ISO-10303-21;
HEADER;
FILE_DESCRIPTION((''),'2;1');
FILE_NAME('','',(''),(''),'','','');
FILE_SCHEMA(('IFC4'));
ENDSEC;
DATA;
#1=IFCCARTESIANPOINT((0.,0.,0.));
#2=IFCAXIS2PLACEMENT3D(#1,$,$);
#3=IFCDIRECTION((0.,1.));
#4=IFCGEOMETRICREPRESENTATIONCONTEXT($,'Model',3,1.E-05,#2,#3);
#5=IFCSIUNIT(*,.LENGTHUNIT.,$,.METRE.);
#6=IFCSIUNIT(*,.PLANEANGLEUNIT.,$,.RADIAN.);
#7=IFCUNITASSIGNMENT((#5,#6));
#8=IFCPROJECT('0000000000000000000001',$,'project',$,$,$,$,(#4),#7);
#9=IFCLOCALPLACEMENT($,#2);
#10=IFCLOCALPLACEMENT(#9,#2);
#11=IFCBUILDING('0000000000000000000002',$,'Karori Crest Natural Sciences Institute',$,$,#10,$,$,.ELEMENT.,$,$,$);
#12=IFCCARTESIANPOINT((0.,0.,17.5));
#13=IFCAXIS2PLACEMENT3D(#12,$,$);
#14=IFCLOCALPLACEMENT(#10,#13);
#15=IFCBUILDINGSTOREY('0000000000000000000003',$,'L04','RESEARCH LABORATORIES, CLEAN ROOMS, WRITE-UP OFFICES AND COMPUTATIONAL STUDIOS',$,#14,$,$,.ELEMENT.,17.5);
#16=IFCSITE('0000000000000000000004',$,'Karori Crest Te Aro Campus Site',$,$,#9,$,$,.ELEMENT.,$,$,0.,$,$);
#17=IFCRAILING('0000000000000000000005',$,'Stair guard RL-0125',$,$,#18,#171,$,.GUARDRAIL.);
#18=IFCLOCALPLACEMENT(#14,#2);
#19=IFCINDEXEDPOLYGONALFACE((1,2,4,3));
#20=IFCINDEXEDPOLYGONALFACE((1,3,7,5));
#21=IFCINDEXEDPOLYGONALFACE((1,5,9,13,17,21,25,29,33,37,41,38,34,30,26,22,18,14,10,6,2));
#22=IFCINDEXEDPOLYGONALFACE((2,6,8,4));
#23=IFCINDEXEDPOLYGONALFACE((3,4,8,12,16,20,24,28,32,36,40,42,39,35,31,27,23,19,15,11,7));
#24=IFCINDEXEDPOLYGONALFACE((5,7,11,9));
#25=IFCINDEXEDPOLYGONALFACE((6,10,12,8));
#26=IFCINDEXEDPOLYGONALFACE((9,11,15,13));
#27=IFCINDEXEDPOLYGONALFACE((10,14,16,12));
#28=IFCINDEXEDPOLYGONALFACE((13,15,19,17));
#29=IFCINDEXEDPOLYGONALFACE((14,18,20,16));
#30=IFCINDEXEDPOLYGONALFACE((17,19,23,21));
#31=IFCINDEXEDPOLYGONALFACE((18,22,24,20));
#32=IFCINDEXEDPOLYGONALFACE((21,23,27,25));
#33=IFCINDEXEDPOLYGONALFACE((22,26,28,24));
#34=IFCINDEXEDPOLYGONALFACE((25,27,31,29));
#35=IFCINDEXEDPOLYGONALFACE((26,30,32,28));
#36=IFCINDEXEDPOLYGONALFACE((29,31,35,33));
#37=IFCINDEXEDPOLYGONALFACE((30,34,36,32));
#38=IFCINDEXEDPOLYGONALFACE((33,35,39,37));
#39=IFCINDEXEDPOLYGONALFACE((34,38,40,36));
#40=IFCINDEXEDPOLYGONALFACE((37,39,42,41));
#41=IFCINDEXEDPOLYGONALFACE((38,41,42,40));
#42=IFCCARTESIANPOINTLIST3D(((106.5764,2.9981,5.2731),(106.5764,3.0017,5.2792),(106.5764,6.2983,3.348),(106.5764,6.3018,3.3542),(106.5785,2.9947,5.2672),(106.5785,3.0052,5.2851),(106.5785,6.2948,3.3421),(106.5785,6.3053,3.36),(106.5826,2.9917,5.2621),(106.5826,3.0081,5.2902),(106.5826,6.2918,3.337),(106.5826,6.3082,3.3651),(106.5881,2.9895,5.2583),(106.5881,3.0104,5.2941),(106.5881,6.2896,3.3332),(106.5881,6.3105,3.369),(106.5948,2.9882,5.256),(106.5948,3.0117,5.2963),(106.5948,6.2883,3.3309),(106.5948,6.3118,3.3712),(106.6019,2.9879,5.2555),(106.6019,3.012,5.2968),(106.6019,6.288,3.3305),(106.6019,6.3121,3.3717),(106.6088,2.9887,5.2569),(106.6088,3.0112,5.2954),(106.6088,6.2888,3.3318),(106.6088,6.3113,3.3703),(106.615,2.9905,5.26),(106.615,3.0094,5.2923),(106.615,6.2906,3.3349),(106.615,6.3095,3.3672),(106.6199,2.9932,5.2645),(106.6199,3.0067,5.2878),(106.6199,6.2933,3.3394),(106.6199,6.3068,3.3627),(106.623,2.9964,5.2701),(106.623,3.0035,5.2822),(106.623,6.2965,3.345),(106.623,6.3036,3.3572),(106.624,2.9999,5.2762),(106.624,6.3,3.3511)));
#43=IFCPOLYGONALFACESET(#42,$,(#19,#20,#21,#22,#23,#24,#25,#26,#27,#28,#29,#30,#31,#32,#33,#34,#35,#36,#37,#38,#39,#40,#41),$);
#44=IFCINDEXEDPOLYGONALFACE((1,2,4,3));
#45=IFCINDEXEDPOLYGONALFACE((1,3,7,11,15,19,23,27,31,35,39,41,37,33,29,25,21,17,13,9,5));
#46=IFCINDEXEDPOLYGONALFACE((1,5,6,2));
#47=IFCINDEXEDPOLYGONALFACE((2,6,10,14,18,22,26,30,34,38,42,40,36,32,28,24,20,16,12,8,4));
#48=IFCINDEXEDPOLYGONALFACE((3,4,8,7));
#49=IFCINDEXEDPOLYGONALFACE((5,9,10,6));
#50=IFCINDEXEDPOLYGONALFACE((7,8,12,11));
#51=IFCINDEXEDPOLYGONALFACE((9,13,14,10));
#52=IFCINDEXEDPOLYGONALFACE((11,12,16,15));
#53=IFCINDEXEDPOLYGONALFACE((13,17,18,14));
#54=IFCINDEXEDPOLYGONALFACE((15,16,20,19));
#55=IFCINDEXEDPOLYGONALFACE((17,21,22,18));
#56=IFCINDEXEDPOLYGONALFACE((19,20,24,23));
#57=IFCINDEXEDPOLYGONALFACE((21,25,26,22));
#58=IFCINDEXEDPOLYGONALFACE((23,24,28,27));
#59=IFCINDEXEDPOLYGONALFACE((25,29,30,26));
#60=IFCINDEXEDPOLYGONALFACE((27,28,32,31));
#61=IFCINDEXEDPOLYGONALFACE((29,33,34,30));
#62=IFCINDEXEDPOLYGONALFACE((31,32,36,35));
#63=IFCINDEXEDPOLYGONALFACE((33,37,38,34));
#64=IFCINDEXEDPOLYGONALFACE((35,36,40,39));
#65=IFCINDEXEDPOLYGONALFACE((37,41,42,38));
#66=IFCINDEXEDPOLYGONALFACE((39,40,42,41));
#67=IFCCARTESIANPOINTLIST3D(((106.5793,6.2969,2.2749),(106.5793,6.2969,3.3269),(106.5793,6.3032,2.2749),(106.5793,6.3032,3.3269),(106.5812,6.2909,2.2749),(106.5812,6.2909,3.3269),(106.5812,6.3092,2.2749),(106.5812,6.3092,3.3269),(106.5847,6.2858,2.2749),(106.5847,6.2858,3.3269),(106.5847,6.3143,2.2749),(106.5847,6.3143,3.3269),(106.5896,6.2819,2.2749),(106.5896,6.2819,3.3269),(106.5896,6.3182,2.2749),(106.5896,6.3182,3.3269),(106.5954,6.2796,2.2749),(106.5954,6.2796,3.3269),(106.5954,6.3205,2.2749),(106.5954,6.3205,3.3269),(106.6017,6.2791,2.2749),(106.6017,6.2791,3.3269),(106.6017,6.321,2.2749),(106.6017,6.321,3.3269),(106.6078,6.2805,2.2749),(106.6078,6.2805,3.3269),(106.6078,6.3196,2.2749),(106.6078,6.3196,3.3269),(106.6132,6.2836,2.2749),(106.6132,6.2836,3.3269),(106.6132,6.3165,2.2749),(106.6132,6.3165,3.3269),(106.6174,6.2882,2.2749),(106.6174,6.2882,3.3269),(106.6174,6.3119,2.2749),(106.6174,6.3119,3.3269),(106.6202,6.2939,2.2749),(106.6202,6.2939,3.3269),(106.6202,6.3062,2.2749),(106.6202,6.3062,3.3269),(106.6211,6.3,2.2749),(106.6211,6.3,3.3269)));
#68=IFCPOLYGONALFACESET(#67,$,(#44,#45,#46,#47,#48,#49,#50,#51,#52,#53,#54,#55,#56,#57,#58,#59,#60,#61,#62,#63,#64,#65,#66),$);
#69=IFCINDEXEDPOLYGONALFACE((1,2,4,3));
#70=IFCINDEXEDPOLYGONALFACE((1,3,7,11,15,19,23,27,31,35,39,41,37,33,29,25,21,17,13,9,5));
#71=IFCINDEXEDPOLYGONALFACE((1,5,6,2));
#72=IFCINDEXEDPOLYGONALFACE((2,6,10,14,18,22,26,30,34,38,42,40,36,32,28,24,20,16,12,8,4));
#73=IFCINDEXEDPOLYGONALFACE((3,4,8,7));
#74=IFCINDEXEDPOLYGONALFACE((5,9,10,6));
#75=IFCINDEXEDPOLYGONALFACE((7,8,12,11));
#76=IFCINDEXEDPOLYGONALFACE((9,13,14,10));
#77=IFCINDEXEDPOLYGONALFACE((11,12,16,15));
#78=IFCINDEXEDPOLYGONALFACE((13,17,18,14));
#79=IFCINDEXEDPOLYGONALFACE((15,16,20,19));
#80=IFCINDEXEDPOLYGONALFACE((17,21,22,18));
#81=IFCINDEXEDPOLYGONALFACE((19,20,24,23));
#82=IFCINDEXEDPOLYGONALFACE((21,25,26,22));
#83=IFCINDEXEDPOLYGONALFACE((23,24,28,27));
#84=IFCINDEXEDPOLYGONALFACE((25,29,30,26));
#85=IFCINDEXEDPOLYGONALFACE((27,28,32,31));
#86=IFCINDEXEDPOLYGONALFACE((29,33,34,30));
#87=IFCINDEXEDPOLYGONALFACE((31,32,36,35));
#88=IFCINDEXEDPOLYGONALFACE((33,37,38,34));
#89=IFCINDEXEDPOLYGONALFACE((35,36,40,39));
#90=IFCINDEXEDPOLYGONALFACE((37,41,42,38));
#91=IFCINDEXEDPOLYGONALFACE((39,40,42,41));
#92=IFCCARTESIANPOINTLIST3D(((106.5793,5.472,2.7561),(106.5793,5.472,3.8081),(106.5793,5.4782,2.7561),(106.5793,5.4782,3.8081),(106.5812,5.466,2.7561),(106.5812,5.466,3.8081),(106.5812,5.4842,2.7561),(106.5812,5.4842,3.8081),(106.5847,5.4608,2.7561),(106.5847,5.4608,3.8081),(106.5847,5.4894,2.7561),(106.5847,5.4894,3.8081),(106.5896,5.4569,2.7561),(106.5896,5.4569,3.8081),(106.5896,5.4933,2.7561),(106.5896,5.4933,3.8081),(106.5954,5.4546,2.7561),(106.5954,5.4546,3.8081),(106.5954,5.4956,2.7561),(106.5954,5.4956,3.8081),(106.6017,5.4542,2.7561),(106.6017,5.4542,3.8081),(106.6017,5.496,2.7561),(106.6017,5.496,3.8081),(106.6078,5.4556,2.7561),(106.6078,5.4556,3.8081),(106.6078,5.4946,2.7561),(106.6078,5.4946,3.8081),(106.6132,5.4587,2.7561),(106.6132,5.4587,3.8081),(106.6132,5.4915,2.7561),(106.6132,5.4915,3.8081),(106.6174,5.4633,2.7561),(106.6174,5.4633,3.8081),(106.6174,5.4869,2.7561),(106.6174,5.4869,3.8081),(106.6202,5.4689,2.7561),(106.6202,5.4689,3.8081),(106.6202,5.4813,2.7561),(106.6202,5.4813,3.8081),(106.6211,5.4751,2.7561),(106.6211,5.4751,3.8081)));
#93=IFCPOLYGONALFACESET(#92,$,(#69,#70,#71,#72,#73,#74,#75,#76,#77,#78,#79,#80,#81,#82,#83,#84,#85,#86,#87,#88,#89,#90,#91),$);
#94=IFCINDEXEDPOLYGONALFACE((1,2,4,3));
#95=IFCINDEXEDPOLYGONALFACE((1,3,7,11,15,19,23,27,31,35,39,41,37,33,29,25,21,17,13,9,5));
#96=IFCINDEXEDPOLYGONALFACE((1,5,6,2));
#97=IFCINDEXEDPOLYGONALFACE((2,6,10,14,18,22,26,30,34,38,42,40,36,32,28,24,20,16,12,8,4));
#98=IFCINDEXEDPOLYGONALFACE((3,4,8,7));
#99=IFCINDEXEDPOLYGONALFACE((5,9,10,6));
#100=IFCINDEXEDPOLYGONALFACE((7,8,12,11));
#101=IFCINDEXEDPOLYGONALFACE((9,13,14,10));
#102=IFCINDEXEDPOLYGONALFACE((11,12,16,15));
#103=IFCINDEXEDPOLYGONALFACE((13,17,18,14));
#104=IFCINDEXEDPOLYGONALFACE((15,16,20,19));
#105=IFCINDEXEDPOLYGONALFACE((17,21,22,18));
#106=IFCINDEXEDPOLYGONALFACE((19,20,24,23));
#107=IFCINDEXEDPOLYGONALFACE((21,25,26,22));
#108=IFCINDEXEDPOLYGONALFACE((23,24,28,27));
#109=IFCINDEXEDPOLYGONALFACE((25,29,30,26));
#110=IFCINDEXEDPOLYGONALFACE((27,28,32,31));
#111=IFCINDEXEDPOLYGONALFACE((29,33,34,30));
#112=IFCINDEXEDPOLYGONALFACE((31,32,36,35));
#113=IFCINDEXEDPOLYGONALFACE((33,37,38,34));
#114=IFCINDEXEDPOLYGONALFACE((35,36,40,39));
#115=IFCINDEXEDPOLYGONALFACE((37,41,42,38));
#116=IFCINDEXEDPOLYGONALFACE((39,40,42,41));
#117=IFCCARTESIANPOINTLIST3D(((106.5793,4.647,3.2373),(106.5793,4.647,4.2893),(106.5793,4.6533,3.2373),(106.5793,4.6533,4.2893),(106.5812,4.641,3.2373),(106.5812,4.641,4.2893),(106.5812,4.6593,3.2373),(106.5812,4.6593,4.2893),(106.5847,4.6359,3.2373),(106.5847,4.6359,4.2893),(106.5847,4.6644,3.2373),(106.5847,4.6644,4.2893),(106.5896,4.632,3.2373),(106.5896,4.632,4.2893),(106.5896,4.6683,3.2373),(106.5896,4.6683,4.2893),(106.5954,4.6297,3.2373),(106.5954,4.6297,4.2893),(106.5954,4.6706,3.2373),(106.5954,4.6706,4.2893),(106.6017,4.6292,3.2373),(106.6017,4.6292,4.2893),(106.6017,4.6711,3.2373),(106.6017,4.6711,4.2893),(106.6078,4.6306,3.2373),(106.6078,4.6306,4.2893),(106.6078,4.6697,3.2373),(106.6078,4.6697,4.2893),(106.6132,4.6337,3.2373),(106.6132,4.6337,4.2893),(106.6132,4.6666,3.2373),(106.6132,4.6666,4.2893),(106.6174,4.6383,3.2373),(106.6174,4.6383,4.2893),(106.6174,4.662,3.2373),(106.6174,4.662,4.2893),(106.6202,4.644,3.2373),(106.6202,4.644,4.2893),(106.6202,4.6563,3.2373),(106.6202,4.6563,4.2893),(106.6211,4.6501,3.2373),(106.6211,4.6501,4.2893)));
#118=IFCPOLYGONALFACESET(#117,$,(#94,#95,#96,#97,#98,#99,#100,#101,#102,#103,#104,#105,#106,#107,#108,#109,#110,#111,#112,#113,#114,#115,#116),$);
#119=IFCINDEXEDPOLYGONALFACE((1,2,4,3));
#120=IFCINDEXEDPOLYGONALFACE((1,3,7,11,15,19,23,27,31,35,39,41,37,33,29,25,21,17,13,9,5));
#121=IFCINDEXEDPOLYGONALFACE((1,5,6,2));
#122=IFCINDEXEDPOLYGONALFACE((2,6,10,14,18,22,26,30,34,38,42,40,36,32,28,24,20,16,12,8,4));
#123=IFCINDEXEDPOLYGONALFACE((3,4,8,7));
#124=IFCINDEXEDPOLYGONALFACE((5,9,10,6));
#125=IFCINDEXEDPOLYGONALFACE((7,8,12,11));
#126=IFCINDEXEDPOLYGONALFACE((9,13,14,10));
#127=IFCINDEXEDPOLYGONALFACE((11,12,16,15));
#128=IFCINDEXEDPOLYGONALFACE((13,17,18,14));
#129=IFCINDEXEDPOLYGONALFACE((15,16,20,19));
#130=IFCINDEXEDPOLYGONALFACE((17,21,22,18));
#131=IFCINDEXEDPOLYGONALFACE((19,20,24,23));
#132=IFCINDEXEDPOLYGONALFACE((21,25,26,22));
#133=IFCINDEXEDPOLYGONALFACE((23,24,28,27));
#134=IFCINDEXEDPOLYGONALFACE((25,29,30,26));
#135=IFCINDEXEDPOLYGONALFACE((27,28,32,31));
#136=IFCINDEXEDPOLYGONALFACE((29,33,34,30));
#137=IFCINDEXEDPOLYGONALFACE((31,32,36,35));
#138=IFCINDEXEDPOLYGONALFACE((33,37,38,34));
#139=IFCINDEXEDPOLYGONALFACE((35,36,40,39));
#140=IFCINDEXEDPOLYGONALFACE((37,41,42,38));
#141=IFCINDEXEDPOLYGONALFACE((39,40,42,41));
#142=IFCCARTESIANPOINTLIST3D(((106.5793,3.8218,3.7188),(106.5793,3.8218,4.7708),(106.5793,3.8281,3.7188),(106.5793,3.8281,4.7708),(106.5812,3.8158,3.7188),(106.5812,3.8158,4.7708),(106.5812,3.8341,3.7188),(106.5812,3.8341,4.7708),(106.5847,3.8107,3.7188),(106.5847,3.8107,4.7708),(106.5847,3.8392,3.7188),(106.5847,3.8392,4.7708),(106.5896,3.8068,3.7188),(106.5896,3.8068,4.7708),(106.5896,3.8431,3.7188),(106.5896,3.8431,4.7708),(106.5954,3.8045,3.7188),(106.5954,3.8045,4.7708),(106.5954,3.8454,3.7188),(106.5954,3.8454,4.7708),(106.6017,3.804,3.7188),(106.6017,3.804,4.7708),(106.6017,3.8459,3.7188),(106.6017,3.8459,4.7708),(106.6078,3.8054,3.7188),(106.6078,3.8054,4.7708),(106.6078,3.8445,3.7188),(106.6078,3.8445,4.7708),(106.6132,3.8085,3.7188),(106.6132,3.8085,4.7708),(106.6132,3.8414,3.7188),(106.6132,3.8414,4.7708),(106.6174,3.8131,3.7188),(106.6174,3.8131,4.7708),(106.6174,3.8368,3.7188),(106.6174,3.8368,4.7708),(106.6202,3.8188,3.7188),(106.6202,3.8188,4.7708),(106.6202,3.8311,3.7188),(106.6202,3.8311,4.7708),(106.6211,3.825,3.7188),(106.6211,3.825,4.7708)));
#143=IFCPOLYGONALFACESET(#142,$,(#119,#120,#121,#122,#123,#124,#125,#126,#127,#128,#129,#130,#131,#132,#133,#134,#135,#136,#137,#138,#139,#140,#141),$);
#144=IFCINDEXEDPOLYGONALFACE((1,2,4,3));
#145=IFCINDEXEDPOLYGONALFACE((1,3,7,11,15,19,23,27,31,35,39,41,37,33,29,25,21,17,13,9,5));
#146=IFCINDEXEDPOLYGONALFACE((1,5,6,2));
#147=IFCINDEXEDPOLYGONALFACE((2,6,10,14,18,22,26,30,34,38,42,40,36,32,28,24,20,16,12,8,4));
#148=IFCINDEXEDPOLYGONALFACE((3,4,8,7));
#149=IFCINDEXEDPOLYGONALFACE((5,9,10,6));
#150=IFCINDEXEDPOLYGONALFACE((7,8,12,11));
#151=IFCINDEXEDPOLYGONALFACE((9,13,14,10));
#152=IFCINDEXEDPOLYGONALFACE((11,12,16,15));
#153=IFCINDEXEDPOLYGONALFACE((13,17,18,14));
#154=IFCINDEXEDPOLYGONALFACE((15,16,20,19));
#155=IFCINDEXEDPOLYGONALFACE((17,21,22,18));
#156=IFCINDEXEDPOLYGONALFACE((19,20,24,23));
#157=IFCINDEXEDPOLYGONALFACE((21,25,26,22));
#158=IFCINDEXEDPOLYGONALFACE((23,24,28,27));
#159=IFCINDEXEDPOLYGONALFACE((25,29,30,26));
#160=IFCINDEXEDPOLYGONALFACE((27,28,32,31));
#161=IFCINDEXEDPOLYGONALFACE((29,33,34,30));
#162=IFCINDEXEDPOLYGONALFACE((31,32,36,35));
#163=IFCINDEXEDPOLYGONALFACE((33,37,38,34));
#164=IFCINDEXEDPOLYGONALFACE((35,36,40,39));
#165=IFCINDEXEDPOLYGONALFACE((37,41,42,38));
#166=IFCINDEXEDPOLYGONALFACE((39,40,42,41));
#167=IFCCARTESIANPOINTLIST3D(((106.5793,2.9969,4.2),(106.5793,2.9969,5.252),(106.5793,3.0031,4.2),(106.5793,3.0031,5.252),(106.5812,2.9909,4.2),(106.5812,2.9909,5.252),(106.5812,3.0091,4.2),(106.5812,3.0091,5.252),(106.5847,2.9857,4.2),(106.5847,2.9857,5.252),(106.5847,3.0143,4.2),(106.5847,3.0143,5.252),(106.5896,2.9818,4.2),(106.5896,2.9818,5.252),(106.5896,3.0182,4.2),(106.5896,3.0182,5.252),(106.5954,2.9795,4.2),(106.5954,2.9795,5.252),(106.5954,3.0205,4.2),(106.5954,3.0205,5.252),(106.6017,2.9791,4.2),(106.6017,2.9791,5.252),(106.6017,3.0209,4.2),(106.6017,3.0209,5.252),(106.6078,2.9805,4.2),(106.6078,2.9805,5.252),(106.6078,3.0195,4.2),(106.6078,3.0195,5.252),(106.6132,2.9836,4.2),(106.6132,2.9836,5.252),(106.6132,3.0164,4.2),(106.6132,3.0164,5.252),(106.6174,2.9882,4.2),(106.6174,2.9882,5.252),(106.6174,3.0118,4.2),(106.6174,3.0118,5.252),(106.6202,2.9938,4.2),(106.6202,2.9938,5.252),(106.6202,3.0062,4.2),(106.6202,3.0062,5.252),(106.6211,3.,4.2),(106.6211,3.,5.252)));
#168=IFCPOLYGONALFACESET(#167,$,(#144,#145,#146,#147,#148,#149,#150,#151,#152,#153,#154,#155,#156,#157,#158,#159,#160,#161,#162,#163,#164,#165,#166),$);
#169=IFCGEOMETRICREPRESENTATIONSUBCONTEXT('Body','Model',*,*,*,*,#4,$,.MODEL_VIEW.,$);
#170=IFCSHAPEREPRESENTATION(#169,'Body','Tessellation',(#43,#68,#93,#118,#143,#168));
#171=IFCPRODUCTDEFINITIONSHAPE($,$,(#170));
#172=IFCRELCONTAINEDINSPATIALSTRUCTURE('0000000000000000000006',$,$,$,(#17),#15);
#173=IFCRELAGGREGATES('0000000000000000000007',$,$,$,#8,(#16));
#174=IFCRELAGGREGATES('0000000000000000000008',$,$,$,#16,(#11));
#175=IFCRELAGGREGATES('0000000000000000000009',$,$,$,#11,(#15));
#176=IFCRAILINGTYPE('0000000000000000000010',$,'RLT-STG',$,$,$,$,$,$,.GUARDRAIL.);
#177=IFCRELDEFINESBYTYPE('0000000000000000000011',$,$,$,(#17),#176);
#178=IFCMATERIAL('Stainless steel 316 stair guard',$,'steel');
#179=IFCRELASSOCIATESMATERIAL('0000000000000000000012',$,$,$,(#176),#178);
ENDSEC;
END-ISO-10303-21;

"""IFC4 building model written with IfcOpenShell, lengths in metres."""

from ifc_helpers import new_model, si_unit, direction, frame, origin, origin_2d, place, context, subcontext, project, spatial, circle, extrude, material, type_object, element, save


model = new_model("IFC4")

# Units and contexts
model_context = context("Model", 3, precision=1e-05, world=origin(), true_north=direction((0.0, 1.0)))
body_context = subcontext(model_context, "Body", "Model", "MODEL_VIEW")
ifc_project = project(units=[si_unit("LENGTHUNIT", "METRE"), si_unit("PLANEANGLEUNIT", "RADIAN")], contexts=[model_context])

# Site, building, storey
site_placement = place(None, origin())
site = spatial("IfcSite", under=ifc_project, at=site_placement, Name="Karori Crest Te Aro Campus Site", CompositionType="ELEMENT", RefElevation=0.0)
building_placement = place(site_placement, origin())
building = spatial("IfcBuilding", under=site, at=building_placement, Name="Karori Crest Natural Sciences Institute", CompositionType="ELEMENT")
storey_placement = place(building_placement, frame((0.0, 0.0, 17.5)))
storey = spatial("IfcBuildingStorey", under=building, at=storey_placement, Name="L04", Description="RESEARCH LABORATORIES, CLEAN ROOMS, WRITE-UP OFFICES AND COMPUTATIONAL STUDIOS", CompositionType="ELEMENT", Elevation=17.5)

# Railing
ifc_material_1 = material(Name="Stainless steel 316 stair guard", Category="steel")
railing_type_1 = type_object("IfcRailingType", Name="RLT-STG", PredefinedType="GUARDRAIL", material=ifc_material_1)
railing_1_placement = place(storey_placement, frame((106.6001, 6.3, 2.2749)))
element("IfcRailing", 1, at=railing_1_placement, inside=storey, type_object=railing_type_1, Name="Stair guard RL-0125", PredefinedType="GUARDRAIL", context=body_context, shape_type="SweptSolid", body=[
    extrude(circle(Radius=0.0239, at=origin_2d()), frame((0.0, 0.0, 1.0762), z_axis=(0.0, -0.863777, 0.503875), x_axis=(1.0, 0.0, 0.0)), (0.0, 0.0, 1.0), 3.8206),
    extrude(circle(Radius=0.021, at=origin_2d()), origin(), (0.0, 0.0, 1.0), 1.052),
    extrude(circle(Radius=0.021, at=origin_2d()), frame((0.0, -0.825, 0.4812)), (0.0, 0.0, 1.0), 1.052),
    extrude(circle(Radius=0.021, at=origin_2d()), frame((0.0, -1.6499, 0.9624)), (0.0, 0.0, 1.0), 1.052),
    extrude(circle(Radius=0.021, at=origin_2d()), frame((0.0, -2.4751, 1.4438)), (0.0, 0.0, 1.0), 1.052),
    extrude(circle(Radius=0.021, at=origin_2d()), frame((0.0, -3.3, 1.925)), (0.0, 0.0, 1.0), 1.052),
])

save(model, "model.ifc")
